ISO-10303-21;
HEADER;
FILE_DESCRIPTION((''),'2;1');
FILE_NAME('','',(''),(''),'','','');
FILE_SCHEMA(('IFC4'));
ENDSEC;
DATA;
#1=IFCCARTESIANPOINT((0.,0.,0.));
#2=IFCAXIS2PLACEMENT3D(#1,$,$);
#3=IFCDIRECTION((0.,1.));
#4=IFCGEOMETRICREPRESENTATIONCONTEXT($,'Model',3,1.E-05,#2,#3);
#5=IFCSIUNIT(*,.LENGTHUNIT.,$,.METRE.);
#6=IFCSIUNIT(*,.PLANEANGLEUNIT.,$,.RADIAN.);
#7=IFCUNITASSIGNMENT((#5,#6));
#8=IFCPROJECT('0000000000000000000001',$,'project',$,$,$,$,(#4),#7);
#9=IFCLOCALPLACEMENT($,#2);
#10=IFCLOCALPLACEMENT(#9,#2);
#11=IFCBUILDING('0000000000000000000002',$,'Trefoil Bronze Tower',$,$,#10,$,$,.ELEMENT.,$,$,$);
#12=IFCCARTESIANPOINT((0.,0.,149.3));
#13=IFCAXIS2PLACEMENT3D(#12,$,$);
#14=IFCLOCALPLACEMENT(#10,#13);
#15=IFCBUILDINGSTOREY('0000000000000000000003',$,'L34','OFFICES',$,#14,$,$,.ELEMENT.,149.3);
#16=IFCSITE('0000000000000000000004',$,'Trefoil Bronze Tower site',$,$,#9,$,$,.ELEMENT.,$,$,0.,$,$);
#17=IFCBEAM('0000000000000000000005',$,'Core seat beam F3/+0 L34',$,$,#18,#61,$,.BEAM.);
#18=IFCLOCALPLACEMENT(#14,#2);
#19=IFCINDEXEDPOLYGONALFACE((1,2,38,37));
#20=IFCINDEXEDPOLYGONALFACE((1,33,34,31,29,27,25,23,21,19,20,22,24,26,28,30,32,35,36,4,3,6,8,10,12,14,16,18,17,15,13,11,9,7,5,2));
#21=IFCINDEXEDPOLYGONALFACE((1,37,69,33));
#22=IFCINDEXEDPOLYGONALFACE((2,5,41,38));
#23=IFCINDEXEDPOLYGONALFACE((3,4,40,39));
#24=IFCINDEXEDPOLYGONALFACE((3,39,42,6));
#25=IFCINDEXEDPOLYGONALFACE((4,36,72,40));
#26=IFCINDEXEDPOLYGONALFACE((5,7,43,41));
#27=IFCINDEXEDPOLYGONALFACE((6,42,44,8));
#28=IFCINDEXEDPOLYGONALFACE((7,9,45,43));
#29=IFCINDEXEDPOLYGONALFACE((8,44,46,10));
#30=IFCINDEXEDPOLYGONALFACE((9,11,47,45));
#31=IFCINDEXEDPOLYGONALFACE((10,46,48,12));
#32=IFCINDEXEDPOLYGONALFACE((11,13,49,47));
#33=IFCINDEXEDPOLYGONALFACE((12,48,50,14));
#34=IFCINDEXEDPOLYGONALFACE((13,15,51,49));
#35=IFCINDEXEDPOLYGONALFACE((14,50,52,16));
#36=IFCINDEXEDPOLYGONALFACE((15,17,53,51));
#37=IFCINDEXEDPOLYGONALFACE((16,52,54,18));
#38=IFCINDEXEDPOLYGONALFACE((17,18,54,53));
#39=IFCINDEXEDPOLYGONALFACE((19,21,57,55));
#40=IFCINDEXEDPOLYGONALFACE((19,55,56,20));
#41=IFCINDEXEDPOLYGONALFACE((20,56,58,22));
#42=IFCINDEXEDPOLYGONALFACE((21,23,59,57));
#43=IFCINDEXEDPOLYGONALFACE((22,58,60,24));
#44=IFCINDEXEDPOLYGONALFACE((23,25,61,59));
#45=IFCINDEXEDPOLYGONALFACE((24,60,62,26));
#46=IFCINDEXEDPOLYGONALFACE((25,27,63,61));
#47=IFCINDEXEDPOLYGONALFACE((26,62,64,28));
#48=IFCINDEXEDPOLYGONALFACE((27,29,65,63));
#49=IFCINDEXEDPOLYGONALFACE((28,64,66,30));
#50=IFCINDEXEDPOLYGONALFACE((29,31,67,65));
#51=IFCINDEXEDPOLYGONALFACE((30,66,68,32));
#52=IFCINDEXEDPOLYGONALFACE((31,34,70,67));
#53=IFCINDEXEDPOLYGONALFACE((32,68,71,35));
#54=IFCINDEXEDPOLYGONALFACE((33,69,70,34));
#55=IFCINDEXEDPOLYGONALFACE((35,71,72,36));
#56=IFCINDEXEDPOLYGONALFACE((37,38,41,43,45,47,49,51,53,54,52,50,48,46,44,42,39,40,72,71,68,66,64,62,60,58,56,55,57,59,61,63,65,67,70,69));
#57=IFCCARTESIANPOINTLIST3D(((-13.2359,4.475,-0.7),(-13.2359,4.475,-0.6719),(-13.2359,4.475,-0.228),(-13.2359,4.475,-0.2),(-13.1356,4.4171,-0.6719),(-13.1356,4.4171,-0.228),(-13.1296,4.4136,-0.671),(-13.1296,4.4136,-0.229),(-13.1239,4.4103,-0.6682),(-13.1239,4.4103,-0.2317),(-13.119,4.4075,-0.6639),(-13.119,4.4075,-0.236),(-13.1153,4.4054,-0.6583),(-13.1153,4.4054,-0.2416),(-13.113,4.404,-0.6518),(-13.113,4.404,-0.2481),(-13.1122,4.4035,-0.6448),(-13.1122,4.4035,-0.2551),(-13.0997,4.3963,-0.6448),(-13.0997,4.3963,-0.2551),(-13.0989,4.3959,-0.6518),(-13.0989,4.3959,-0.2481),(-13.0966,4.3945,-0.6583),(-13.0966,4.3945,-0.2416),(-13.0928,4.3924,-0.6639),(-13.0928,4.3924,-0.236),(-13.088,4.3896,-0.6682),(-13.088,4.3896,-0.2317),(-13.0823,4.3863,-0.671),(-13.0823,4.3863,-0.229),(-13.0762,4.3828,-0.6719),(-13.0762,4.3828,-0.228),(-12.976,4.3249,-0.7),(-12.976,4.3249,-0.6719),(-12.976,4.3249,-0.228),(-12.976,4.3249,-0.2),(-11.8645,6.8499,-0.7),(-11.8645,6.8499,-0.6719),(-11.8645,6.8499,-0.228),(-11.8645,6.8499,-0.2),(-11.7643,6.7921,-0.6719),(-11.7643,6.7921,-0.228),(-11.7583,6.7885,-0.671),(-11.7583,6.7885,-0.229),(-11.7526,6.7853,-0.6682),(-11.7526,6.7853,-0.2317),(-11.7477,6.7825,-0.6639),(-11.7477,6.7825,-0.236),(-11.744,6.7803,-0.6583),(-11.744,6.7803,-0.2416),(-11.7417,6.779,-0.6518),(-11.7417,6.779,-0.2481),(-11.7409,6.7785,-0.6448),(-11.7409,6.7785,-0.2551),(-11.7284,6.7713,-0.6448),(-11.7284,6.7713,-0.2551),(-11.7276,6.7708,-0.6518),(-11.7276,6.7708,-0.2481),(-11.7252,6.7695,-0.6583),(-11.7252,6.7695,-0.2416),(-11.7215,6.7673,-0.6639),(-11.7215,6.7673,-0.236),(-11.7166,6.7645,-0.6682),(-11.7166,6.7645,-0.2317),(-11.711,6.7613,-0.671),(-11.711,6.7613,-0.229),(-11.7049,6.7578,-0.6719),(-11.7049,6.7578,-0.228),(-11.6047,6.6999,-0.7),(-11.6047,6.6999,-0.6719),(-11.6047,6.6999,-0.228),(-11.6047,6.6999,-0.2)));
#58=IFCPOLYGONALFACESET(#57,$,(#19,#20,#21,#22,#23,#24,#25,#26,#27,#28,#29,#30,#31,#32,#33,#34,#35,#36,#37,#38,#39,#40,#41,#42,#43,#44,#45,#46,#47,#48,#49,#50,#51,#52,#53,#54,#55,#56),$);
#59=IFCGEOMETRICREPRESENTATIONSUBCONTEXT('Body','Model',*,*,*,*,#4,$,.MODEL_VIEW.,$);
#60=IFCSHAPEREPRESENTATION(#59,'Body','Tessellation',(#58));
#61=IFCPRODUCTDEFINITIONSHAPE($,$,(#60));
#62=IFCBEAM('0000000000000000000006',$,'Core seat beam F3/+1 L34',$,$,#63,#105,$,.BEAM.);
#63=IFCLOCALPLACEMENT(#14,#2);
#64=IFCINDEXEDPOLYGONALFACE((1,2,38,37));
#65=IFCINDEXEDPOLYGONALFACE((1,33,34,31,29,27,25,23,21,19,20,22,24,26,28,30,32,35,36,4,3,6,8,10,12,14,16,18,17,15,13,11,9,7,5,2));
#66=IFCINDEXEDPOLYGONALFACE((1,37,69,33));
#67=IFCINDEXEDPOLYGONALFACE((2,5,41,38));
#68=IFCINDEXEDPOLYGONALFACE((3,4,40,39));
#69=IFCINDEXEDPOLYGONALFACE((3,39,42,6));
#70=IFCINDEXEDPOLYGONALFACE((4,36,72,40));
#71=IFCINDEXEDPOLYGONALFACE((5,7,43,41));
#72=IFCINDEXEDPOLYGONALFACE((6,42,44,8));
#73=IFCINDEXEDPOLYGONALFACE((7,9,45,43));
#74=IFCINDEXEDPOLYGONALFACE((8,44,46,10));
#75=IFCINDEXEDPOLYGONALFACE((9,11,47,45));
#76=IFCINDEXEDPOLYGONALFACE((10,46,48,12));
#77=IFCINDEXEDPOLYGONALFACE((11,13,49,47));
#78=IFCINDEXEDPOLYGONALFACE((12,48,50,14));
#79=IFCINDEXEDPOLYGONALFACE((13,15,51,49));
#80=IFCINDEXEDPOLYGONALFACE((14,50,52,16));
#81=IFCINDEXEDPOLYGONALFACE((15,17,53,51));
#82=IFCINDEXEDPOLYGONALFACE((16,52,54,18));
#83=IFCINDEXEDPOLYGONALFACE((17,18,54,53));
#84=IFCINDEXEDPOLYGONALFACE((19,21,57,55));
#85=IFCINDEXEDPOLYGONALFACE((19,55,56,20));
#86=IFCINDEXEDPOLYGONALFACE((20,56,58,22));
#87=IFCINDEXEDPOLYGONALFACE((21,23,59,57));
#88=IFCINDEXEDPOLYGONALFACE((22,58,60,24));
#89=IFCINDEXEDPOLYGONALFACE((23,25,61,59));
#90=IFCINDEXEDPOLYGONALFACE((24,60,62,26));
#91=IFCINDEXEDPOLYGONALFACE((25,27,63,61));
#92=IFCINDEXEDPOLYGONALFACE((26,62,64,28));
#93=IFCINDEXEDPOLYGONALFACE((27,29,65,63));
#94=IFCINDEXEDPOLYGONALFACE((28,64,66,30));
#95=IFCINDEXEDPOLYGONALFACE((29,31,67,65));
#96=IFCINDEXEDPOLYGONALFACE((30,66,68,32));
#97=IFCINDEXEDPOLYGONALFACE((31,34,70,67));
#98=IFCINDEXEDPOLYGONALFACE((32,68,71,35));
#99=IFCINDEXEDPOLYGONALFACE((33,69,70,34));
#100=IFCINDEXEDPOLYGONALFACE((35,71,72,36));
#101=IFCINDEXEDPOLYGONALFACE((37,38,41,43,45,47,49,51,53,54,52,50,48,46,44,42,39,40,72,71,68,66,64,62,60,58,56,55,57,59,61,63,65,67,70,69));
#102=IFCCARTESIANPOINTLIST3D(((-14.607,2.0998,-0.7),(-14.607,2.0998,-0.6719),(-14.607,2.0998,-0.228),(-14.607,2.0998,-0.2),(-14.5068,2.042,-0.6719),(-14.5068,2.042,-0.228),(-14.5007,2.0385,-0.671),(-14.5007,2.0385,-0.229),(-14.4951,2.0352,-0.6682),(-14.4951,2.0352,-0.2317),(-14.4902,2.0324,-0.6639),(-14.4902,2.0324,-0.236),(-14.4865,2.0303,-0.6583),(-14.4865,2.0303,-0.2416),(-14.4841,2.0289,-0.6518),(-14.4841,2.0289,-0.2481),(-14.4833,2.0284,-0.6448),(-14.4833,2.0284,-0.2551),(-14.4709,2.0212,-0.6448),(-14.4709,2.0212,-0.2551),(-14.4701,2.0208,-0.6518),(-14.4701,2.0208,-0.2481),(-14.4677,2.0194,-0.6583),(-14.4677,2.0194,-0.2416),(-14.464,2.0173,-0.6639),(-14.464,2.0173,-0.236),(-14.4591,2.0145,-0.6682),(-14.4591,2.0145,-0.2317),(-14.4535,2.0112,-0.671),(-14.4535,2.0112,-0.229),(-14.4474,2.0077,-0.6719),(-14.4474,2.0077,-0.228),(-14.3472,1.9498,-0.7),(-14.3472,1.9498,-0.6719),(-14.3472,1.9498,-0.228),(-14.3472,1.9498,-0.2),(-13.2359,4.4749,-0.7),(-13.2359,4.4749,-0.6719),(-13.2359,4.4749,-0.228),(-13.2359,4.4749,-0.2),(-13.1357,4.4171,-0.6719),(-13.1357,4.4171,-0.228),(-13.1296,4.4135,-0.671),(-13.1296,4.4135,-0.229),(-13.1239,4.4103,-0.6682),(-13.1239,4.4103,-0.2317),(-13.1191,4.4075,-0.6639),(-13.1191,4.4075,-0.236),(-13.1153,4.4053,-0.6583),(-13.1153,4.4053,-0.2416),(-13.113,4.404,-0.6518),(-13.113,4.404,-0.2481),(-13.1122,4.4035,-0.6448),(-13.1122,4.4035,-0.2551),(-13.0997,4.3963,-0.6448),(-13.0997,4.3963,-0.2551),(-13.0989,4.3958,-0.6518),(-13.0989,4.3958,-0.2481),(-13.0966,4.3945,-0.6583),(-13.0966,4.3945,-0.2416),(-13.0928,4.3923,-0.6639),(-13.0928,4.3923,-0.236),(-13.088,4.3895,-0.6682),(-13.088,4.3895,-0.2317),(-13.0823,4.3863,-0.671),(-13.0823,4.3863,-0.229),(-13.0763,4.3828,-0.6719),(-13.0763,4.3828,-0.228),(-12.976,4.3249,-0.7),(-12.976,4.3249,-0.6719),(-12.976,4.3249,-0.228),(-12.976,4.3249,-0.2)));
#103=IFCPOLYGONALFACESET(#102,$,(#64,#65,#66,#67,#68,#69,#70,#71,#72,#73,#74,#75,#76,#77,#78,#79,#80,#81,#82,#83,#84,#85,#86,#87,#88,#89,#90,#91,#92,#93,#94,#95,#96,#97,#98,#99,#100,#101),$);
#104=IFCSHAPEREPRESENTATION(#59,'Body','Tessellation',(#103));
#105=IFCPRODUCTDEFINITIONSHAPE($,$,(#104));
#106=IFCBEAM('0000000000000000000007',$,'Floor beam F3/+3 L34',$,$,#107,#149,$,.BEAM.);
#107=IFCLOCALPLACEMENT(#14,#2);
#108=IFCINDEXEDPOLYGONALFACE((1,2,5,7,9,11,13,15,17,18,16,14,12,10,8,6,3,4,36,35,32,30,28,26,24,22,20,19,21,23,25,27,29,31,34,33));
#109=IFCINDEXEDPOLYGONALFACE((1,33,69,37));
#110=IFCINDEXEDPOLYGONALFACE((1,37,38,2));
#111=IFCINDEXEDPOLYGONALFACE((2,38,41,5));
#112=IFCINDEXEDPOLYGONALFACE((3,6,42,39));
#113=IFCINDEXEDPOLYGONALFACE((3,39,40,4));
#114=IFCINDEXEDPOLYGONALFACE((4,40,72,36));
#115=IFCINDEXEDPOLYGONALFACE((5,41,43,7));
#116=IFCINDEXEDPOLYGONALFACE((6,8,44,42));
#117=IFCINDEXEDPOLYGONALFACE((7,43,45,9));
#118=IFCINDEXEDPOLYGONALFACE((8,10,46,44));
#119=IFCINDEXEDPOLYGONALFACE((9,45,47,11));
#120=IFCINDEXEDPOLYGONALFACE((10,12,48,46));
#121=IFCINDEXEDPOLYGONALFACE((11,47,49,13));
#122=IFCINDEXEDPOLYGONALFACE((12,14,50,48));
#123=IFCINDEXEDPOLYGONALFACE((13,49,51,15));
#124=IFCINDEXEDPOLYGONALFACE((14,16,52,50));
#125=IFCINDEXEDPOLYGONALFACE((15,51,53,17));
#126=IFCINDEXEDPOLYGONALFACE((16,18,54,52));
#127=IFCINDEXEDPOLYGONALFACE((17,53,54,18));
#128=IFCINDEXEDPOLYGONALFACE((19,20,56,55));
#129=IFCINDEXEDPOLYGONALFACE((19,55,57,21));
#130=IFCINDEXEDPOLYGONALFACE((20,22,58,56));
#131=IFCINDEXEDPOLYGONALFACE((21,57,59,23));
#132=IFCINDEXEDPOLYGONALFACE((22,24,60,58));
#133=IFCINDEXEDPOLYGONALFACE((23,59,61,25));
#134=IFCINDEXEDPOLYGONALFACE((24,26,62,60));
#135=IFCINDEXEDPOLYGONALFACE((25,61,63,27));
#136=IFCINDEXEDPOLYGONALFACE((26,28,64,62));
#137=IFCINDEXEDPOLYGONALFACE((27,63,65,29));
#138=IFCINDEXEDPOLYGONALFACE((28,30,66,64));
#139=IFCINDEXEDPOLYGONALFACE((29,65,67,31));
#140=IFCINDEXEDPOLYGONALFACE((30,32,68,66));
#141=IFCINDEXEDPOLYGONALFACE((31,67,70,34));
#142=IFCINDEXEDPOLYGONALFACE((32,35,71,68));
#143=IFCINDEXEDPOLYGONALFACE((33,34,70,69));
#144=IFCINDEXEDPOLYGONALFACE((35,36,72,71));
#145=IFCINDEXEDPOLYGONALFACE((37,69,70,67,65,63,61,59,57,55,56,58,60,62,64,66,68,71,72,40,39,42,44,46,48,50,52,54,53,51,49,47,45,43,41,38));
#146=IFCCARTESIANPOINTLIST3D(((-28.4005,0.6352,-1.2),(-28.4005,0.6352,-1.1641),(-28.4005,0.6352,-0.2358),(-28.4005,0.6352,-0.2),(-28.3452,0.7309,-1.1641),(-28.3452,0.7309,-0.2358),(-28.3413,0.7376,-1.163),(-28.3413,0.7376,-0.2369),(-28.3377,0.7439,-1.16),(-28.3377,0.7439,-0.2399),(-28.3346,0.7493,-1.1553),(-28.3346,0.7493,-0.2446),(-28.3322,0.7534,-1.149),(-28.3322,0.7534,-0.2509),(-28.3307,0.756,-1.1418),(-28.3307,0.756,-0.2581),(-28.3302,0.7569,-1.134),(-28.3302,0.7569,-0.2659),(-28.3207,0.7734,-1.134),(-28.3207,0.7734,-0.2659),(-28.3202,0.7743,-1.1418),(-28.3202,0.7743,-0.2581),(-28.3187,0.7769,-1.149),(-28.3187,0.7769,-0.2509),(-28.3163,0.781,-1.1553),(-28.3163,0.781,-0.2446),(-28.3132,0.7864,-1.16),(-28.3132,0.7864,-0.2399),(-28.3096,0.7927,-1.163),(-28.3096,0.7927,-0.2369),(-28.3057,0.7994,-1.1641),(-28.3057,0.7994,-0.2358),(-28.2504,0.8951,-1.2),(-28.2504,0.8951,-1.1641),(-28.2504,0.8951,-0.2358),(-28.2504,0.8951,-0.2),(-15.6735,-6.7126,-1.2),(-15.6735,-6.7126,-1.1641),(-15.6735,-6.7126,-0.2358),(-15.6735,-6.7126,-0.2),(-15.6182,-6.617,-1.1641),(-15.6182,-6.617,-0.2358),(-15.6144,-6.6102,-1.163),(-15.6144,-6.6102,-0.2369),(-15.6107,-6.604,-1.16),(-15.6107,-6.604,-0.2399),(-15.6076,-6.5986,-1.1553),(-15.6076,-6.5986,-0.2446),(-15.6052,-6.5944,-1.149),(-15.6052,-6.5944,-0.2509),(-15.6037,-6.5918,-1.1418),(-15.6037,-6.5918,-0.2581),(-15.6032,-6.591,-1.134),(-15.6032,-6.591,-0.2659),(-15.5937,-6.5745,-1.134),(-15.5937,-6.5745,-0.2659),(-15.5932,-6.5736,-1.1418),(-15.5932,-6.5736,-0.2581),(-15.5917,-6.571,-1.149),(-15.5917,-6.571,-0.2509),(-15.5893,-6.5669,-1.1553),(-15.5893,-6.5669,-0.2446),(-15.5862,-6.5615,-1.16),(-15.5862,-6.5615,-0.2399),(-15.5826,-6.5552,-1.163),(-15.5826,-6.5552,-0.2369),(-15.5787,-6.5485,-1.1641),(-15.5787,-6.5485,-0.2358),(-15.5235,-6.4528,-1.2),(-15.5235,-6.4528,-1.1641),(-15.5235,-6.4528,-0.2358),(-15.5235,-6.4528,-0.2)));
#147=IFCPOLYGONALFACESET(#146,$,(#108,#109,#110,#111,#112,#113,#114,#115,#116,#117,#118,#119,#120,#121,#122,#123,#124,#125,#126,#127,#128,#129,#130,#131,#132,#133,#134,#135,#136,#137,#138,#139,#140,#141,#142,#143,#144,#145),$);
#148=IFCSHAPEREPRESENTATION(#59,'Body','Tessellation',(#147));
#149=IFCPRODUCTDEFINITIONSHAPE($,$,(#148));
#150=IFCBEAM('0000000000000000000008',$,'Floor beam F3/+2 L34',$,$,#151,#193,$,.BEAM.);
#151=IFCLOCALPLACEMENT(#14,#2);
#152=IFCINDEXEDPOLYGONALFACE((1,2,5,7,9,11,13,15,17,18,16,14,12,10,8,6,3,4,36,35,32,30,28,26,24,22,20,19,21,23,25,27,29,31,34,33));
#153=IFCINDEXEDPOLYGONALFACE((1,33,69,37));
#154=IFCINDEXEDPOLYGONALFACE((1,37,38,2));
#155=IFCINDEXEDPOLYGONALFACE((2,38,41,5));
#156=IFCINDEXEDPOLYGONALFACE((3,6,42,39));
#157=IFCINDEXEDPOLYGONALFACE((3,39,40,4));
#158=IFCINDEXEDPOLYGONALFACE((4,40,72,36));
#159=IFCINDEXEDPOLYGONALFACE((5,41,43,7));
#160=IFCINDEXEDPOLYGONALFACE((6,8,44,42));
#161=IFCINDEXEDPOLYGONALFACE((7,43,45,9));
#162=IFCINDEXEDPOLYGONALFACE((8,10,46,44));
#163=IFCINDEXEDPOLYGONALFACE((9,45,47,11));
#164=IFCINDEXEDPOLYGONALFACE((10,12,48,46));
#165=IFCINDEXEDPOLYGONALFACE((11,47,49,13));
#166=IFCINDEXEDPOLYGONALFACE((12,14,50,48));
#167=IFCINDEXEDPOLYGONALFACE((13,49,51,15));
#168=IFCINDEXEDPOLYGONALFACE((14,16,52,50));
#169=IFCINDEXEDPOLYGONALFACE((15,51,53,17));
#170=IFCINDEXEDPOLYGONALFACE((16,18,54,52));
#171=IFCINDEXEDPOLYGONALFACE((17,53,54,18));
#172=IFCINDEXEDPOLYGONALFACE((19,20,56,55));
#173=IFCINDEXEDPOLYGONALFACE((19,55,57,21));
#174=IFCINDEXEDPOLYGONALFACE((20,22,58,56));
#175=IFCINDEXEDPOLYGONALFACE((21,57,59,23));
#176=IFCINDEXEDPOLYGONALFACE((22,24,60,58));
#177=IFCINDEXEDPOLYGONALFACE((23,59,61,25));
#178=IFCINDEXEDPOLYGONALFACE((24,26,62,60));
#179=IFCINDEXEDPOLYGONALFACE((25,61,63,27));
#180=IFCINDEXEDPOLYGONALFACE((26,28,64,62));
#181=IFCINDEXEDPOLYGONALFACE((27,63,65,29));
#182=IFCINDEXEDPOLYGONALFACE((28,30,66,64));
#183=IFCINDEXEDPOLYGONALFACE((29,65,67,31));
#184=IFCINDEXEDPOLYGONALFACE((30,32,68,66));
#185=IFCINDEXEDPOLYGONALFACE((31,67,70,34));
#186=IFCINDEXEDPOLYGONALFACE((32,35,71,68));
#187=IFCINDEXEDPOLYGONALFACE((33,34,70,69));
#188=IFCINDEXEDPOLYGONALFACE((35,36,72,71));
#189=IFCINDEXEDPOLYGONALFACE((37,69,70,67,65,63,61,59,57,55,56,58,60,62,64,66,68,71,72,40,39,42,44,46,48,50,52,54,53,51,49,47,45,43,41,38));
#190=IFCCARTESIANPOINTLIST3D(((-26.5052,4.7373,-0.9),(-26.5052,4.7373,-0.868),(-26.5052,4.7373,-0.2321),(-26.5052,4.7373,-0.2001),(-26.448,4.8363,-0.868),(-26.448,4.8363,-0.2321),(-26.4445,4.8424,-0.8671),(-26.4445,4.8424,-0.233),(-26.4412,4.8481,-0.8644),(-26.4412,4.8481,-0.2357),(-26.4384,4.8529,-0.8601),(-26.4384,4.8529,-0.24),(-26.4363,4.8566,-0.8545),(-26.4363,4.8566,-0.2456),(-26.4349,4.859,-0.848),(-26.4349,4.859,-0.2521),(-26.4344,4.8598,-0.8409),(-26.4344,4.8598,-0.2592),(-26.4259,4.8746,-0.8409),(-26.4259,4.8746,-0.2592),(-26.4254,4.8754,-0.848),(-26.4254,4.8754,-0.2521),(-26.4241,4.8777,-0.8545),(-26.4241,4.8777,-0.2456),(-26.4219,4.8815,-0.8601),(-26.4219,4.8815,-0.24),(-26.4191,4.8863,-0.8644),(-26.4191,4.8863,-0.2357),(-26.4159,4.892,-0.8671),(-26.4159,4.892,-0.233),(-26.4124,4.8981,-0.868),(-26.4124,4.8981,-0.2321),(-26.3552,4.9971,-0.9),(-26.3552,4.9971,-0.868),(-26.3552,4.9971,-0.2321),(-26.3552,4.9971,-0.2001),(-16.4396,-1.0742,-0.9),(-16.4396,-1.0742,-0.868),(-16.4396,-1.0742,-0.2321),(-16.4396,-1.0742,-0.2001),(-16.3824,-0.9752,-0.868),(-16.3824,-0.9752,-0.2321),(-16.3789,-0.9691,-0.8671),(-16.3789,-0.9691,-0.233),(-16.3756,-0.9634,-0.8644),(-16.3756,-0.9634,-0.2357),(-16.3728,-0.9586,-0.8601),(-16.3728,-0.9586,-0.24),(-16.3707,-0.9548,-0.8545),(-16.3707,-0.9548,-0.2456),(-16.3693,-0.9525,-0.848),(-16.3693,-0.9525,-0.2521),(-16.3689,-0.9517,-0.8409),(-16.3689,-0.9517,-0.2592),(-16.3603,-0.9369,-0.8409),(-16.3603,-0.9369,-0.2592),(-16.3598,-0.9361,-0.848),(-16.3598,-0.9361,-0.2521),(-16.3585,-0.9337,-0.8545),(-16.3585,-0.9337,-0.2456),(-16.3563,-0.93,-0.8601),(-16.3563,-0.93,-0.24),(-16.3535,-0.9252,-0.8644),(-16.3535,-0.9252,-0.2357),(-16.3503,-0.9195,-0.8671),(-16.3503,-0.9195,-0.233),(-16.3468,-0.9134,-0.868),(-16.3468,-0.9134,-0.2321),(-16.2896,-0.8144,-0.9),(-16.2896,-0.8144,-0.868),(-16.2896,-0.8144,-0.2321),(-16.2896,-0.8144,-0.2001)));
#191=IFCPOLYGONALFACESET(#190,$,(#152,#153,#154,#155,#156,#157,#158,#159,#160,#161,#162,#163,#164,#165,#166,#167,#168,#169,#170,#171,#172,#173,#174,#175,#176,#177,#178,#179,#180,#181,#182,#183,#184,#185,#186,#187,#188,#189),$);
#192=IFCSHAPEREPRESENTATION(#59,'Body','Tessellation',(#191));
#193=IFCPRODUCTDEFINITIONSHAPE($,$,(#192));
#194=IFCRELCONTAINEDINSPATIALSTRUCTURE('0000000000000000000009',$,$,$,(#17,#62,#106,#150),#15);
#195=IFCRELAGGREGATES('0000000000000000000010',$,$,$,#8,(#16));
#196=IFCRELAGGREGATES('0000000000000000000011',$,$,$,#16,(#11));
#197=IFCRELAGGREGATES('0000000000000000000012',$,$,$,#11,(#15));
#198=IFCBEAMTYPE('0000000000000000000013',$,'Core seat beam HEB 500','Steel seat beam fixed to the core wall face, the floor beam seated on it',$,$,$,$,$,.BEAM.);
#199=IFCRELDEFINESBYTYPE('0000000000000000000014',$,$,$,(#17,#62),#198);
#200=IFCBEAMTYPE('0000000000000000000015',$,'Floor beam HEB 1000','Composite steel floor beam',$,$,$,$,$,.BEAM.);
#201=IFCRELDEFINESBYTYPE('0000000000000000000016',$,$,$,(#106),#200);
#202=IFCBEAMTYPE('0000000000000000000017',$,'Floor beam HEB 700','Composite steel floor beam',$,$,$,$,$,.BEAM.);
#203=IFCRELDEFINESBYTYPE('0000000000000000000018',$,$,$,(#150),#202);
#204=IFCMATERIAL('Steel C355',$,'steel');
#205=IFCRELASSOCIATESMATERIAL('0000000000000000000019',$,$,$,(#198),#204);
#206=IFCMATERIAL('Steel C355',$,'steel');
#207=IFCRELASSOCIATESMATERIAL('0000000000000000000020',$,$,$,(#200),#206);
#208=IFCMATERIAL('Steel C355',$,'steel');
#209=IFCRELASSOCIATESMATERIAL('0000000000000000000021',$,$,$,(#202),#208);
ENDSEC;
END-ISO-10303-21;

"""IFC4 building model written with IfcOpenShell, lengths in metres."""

from ifc_helpers import new_model, si_unit, direction, frame, origin, origin_2d, place, context, subcontext, project, spatial, i_section, extrude, material, material_profile, profile_set, type_object, element, save


model = new_model("IFC4")

# Units and contexts
model_context = context("Model", 3, precision=1e-05, world=origin(), true_north=direction((0.0, 1.0)))
body_context = subcontext(model_context, "Body", "Model", "MODEL_VIEW")
ifc_project = project(units=[si_unit("LENGTHUNIT", "METRE"), si_unit("PLANEANGLEUNIT", "RADIAN")], contexts=[model_context])

# Site, building, storey
site_placement = place(None, origin())
site = spatial("IfcSite", under=ifc_project, at=site_placement, Name="Trefoil Bronze Tower site", CompositionType="ELEMENT", RefElevation=0.0)
building_placement = place(site_placement, origin())
building = spatial("IfcBuilding", under=site, at=building_placement, Name="Trefoil Bronze Tower", CompositionType="ELEMENT")
storey_placement = place(building_placement, frame((0.0, 0.0, 149.3)))
storey = spatial("IfcBuildingStorey", under=building, at=storey_placement, Name="L34", Description="OFFICES", CompositionType="ELEMENT", Elevation=149.3)

# Beams
ifc_material_1 = material(Name="Steel C355", Category="steel")
ifc_material_profile_1 = material_profile(ifc_material_1, i_section(OverallWidth=0.3, OverallDepth=0.5, WebThickness=0.0144, FlangeThickness=0.0281, FilletRadius=0.0271, at=origin_2d()), Name="HEB 500")
ifc_profile_set_1 = profile_set([ifc_material_profile_1], Name="Steel C355")
beam_type_1 = type_object("IfcBeamType", Name="Core seat beam HEB 500", Description="Steel seat beam fixed to the core wall face, the floor beam seated on it", PredefinedType="BEAM", material=ifc_profile_set_1)
for number, where, z_axis, x_axis, name in (
    (1, (-11.7346, 6.7749, -0.45), (-0.500036, -0.866005, 0.0), (0.866005, -0.500036, 0.0), "Core seat beam F3/+0 L34"),
    (2, (-13.106, 4.3999, -0.45), (-0.499969, -0.866043, 0.0), (0.866043, -0.499969, 0.0), "Core seat beam F3/+1 L34"),
):
    element("IfcBeam", number, at=place(storey_placement, frame(where, z_axis=z_axis, x_axis=x_axis)), inside=storey, type_object=beam_type_1, Name=name, PredefinedType="BEAM", context=body_context, shape_type="SweptSolid", body=[
        extrude(i_section(OverallWidth=0.3, OverallDepth=0.5, WebThickness=0.0144, FlangeThickness=0.0281, FilletRadius=0.0271, at=origin_2d()), origin(), (0.0, 0.0, 1.0), 2.7424),
    ])
ifc_material_2 = material(Name="Steel C355", Category="steel")
ifc_material_profile_2 = material_profile(ifc_material_2, i_section(OverallWidth=0.3, OverallDepth=1.0, WebThickness=0.019, FlangeThickness=0.0359, FilletRadius=0.03, at=origin_2d()), Name="HEB 1000")
ifc_profile_set_2 = profile_set([ifc_material_profile_2], Name="Steel C355")
beam_type_2 = type_object("IfcBeamType", Name="Floor beam HEB 1000", Description="Composite steel floor beam", PredefinedType="BEAM", material=ifc_profile_set_2)
beam_1_placement = place(storey_placement, frame((-28.3254, 0.7651, -0.7), z_axis=(0.866027, -0.499997, 0.0), x_axis=(0.499997, 0.866027, 0.0)))
element("IfcBeam", 3, at=beam_1_placement, inside=storey, type_object=beam_type_2, Name="Floor beam F3/+3 L34", PredefinedType="BEAM", context=body_context, shape_type="SweptSolid", body=[
    extrude(i_section(OverallWidth=0.3, OverallDepth=1.0, WebThickness=0.019, FlangeThickness=0.0359, FilletRadius=0.03, at=origin_2d()), origin(), (0.0, 0.0, 1.0), 14.6958),
])
ifc_material_3 = material(Name="Steel C355", Category="steel")
ifc_material_profile_3 = material_profile(ifc_material_3, i_section(OverallWidth=0.3, OverallDepth=0.7, WebThickness=0.0171, FlangeThickness=0.032, FilletRadius=0.0271, at=origin_2d()), Name="HEB 700")
ifc_profile_set_3 = profile_set([ifc_material_profile_3], Name="Steel C355")
beam_type_3 = type_object("IfcBeamType", Name="Floor beam HEB 700", Description="Composite steel floor beam", PredefinedType="BEAM", material=ifc_profile_set_3)
beam_2_placement = place(storey_placement, frame((-26.4302, 4.8672, -0.55), z_axis=(0.866022, -0.500007, 0.0), x_axis=(0.500007, 0.866022, 0.0)))
element("IfcBeam", 4, at=beam_2_placement, inside=storey, type_object=beam_type_3, Name="Floor beam F3/+2 L34", PredefinedType="BEAM", context=body_context, shape_type="SweptSolid", body=[
    extrude(i_section(OverallWidth=0.3, OverallDepth=0.7, WebThickness=0.0171, FlangeThickness=0.032, FilletRadius=0.0271, at=origin_2d()), origin(), (0.0, 0.0, 1.0), 11.6228),
])

save(model, "model.ifc")
